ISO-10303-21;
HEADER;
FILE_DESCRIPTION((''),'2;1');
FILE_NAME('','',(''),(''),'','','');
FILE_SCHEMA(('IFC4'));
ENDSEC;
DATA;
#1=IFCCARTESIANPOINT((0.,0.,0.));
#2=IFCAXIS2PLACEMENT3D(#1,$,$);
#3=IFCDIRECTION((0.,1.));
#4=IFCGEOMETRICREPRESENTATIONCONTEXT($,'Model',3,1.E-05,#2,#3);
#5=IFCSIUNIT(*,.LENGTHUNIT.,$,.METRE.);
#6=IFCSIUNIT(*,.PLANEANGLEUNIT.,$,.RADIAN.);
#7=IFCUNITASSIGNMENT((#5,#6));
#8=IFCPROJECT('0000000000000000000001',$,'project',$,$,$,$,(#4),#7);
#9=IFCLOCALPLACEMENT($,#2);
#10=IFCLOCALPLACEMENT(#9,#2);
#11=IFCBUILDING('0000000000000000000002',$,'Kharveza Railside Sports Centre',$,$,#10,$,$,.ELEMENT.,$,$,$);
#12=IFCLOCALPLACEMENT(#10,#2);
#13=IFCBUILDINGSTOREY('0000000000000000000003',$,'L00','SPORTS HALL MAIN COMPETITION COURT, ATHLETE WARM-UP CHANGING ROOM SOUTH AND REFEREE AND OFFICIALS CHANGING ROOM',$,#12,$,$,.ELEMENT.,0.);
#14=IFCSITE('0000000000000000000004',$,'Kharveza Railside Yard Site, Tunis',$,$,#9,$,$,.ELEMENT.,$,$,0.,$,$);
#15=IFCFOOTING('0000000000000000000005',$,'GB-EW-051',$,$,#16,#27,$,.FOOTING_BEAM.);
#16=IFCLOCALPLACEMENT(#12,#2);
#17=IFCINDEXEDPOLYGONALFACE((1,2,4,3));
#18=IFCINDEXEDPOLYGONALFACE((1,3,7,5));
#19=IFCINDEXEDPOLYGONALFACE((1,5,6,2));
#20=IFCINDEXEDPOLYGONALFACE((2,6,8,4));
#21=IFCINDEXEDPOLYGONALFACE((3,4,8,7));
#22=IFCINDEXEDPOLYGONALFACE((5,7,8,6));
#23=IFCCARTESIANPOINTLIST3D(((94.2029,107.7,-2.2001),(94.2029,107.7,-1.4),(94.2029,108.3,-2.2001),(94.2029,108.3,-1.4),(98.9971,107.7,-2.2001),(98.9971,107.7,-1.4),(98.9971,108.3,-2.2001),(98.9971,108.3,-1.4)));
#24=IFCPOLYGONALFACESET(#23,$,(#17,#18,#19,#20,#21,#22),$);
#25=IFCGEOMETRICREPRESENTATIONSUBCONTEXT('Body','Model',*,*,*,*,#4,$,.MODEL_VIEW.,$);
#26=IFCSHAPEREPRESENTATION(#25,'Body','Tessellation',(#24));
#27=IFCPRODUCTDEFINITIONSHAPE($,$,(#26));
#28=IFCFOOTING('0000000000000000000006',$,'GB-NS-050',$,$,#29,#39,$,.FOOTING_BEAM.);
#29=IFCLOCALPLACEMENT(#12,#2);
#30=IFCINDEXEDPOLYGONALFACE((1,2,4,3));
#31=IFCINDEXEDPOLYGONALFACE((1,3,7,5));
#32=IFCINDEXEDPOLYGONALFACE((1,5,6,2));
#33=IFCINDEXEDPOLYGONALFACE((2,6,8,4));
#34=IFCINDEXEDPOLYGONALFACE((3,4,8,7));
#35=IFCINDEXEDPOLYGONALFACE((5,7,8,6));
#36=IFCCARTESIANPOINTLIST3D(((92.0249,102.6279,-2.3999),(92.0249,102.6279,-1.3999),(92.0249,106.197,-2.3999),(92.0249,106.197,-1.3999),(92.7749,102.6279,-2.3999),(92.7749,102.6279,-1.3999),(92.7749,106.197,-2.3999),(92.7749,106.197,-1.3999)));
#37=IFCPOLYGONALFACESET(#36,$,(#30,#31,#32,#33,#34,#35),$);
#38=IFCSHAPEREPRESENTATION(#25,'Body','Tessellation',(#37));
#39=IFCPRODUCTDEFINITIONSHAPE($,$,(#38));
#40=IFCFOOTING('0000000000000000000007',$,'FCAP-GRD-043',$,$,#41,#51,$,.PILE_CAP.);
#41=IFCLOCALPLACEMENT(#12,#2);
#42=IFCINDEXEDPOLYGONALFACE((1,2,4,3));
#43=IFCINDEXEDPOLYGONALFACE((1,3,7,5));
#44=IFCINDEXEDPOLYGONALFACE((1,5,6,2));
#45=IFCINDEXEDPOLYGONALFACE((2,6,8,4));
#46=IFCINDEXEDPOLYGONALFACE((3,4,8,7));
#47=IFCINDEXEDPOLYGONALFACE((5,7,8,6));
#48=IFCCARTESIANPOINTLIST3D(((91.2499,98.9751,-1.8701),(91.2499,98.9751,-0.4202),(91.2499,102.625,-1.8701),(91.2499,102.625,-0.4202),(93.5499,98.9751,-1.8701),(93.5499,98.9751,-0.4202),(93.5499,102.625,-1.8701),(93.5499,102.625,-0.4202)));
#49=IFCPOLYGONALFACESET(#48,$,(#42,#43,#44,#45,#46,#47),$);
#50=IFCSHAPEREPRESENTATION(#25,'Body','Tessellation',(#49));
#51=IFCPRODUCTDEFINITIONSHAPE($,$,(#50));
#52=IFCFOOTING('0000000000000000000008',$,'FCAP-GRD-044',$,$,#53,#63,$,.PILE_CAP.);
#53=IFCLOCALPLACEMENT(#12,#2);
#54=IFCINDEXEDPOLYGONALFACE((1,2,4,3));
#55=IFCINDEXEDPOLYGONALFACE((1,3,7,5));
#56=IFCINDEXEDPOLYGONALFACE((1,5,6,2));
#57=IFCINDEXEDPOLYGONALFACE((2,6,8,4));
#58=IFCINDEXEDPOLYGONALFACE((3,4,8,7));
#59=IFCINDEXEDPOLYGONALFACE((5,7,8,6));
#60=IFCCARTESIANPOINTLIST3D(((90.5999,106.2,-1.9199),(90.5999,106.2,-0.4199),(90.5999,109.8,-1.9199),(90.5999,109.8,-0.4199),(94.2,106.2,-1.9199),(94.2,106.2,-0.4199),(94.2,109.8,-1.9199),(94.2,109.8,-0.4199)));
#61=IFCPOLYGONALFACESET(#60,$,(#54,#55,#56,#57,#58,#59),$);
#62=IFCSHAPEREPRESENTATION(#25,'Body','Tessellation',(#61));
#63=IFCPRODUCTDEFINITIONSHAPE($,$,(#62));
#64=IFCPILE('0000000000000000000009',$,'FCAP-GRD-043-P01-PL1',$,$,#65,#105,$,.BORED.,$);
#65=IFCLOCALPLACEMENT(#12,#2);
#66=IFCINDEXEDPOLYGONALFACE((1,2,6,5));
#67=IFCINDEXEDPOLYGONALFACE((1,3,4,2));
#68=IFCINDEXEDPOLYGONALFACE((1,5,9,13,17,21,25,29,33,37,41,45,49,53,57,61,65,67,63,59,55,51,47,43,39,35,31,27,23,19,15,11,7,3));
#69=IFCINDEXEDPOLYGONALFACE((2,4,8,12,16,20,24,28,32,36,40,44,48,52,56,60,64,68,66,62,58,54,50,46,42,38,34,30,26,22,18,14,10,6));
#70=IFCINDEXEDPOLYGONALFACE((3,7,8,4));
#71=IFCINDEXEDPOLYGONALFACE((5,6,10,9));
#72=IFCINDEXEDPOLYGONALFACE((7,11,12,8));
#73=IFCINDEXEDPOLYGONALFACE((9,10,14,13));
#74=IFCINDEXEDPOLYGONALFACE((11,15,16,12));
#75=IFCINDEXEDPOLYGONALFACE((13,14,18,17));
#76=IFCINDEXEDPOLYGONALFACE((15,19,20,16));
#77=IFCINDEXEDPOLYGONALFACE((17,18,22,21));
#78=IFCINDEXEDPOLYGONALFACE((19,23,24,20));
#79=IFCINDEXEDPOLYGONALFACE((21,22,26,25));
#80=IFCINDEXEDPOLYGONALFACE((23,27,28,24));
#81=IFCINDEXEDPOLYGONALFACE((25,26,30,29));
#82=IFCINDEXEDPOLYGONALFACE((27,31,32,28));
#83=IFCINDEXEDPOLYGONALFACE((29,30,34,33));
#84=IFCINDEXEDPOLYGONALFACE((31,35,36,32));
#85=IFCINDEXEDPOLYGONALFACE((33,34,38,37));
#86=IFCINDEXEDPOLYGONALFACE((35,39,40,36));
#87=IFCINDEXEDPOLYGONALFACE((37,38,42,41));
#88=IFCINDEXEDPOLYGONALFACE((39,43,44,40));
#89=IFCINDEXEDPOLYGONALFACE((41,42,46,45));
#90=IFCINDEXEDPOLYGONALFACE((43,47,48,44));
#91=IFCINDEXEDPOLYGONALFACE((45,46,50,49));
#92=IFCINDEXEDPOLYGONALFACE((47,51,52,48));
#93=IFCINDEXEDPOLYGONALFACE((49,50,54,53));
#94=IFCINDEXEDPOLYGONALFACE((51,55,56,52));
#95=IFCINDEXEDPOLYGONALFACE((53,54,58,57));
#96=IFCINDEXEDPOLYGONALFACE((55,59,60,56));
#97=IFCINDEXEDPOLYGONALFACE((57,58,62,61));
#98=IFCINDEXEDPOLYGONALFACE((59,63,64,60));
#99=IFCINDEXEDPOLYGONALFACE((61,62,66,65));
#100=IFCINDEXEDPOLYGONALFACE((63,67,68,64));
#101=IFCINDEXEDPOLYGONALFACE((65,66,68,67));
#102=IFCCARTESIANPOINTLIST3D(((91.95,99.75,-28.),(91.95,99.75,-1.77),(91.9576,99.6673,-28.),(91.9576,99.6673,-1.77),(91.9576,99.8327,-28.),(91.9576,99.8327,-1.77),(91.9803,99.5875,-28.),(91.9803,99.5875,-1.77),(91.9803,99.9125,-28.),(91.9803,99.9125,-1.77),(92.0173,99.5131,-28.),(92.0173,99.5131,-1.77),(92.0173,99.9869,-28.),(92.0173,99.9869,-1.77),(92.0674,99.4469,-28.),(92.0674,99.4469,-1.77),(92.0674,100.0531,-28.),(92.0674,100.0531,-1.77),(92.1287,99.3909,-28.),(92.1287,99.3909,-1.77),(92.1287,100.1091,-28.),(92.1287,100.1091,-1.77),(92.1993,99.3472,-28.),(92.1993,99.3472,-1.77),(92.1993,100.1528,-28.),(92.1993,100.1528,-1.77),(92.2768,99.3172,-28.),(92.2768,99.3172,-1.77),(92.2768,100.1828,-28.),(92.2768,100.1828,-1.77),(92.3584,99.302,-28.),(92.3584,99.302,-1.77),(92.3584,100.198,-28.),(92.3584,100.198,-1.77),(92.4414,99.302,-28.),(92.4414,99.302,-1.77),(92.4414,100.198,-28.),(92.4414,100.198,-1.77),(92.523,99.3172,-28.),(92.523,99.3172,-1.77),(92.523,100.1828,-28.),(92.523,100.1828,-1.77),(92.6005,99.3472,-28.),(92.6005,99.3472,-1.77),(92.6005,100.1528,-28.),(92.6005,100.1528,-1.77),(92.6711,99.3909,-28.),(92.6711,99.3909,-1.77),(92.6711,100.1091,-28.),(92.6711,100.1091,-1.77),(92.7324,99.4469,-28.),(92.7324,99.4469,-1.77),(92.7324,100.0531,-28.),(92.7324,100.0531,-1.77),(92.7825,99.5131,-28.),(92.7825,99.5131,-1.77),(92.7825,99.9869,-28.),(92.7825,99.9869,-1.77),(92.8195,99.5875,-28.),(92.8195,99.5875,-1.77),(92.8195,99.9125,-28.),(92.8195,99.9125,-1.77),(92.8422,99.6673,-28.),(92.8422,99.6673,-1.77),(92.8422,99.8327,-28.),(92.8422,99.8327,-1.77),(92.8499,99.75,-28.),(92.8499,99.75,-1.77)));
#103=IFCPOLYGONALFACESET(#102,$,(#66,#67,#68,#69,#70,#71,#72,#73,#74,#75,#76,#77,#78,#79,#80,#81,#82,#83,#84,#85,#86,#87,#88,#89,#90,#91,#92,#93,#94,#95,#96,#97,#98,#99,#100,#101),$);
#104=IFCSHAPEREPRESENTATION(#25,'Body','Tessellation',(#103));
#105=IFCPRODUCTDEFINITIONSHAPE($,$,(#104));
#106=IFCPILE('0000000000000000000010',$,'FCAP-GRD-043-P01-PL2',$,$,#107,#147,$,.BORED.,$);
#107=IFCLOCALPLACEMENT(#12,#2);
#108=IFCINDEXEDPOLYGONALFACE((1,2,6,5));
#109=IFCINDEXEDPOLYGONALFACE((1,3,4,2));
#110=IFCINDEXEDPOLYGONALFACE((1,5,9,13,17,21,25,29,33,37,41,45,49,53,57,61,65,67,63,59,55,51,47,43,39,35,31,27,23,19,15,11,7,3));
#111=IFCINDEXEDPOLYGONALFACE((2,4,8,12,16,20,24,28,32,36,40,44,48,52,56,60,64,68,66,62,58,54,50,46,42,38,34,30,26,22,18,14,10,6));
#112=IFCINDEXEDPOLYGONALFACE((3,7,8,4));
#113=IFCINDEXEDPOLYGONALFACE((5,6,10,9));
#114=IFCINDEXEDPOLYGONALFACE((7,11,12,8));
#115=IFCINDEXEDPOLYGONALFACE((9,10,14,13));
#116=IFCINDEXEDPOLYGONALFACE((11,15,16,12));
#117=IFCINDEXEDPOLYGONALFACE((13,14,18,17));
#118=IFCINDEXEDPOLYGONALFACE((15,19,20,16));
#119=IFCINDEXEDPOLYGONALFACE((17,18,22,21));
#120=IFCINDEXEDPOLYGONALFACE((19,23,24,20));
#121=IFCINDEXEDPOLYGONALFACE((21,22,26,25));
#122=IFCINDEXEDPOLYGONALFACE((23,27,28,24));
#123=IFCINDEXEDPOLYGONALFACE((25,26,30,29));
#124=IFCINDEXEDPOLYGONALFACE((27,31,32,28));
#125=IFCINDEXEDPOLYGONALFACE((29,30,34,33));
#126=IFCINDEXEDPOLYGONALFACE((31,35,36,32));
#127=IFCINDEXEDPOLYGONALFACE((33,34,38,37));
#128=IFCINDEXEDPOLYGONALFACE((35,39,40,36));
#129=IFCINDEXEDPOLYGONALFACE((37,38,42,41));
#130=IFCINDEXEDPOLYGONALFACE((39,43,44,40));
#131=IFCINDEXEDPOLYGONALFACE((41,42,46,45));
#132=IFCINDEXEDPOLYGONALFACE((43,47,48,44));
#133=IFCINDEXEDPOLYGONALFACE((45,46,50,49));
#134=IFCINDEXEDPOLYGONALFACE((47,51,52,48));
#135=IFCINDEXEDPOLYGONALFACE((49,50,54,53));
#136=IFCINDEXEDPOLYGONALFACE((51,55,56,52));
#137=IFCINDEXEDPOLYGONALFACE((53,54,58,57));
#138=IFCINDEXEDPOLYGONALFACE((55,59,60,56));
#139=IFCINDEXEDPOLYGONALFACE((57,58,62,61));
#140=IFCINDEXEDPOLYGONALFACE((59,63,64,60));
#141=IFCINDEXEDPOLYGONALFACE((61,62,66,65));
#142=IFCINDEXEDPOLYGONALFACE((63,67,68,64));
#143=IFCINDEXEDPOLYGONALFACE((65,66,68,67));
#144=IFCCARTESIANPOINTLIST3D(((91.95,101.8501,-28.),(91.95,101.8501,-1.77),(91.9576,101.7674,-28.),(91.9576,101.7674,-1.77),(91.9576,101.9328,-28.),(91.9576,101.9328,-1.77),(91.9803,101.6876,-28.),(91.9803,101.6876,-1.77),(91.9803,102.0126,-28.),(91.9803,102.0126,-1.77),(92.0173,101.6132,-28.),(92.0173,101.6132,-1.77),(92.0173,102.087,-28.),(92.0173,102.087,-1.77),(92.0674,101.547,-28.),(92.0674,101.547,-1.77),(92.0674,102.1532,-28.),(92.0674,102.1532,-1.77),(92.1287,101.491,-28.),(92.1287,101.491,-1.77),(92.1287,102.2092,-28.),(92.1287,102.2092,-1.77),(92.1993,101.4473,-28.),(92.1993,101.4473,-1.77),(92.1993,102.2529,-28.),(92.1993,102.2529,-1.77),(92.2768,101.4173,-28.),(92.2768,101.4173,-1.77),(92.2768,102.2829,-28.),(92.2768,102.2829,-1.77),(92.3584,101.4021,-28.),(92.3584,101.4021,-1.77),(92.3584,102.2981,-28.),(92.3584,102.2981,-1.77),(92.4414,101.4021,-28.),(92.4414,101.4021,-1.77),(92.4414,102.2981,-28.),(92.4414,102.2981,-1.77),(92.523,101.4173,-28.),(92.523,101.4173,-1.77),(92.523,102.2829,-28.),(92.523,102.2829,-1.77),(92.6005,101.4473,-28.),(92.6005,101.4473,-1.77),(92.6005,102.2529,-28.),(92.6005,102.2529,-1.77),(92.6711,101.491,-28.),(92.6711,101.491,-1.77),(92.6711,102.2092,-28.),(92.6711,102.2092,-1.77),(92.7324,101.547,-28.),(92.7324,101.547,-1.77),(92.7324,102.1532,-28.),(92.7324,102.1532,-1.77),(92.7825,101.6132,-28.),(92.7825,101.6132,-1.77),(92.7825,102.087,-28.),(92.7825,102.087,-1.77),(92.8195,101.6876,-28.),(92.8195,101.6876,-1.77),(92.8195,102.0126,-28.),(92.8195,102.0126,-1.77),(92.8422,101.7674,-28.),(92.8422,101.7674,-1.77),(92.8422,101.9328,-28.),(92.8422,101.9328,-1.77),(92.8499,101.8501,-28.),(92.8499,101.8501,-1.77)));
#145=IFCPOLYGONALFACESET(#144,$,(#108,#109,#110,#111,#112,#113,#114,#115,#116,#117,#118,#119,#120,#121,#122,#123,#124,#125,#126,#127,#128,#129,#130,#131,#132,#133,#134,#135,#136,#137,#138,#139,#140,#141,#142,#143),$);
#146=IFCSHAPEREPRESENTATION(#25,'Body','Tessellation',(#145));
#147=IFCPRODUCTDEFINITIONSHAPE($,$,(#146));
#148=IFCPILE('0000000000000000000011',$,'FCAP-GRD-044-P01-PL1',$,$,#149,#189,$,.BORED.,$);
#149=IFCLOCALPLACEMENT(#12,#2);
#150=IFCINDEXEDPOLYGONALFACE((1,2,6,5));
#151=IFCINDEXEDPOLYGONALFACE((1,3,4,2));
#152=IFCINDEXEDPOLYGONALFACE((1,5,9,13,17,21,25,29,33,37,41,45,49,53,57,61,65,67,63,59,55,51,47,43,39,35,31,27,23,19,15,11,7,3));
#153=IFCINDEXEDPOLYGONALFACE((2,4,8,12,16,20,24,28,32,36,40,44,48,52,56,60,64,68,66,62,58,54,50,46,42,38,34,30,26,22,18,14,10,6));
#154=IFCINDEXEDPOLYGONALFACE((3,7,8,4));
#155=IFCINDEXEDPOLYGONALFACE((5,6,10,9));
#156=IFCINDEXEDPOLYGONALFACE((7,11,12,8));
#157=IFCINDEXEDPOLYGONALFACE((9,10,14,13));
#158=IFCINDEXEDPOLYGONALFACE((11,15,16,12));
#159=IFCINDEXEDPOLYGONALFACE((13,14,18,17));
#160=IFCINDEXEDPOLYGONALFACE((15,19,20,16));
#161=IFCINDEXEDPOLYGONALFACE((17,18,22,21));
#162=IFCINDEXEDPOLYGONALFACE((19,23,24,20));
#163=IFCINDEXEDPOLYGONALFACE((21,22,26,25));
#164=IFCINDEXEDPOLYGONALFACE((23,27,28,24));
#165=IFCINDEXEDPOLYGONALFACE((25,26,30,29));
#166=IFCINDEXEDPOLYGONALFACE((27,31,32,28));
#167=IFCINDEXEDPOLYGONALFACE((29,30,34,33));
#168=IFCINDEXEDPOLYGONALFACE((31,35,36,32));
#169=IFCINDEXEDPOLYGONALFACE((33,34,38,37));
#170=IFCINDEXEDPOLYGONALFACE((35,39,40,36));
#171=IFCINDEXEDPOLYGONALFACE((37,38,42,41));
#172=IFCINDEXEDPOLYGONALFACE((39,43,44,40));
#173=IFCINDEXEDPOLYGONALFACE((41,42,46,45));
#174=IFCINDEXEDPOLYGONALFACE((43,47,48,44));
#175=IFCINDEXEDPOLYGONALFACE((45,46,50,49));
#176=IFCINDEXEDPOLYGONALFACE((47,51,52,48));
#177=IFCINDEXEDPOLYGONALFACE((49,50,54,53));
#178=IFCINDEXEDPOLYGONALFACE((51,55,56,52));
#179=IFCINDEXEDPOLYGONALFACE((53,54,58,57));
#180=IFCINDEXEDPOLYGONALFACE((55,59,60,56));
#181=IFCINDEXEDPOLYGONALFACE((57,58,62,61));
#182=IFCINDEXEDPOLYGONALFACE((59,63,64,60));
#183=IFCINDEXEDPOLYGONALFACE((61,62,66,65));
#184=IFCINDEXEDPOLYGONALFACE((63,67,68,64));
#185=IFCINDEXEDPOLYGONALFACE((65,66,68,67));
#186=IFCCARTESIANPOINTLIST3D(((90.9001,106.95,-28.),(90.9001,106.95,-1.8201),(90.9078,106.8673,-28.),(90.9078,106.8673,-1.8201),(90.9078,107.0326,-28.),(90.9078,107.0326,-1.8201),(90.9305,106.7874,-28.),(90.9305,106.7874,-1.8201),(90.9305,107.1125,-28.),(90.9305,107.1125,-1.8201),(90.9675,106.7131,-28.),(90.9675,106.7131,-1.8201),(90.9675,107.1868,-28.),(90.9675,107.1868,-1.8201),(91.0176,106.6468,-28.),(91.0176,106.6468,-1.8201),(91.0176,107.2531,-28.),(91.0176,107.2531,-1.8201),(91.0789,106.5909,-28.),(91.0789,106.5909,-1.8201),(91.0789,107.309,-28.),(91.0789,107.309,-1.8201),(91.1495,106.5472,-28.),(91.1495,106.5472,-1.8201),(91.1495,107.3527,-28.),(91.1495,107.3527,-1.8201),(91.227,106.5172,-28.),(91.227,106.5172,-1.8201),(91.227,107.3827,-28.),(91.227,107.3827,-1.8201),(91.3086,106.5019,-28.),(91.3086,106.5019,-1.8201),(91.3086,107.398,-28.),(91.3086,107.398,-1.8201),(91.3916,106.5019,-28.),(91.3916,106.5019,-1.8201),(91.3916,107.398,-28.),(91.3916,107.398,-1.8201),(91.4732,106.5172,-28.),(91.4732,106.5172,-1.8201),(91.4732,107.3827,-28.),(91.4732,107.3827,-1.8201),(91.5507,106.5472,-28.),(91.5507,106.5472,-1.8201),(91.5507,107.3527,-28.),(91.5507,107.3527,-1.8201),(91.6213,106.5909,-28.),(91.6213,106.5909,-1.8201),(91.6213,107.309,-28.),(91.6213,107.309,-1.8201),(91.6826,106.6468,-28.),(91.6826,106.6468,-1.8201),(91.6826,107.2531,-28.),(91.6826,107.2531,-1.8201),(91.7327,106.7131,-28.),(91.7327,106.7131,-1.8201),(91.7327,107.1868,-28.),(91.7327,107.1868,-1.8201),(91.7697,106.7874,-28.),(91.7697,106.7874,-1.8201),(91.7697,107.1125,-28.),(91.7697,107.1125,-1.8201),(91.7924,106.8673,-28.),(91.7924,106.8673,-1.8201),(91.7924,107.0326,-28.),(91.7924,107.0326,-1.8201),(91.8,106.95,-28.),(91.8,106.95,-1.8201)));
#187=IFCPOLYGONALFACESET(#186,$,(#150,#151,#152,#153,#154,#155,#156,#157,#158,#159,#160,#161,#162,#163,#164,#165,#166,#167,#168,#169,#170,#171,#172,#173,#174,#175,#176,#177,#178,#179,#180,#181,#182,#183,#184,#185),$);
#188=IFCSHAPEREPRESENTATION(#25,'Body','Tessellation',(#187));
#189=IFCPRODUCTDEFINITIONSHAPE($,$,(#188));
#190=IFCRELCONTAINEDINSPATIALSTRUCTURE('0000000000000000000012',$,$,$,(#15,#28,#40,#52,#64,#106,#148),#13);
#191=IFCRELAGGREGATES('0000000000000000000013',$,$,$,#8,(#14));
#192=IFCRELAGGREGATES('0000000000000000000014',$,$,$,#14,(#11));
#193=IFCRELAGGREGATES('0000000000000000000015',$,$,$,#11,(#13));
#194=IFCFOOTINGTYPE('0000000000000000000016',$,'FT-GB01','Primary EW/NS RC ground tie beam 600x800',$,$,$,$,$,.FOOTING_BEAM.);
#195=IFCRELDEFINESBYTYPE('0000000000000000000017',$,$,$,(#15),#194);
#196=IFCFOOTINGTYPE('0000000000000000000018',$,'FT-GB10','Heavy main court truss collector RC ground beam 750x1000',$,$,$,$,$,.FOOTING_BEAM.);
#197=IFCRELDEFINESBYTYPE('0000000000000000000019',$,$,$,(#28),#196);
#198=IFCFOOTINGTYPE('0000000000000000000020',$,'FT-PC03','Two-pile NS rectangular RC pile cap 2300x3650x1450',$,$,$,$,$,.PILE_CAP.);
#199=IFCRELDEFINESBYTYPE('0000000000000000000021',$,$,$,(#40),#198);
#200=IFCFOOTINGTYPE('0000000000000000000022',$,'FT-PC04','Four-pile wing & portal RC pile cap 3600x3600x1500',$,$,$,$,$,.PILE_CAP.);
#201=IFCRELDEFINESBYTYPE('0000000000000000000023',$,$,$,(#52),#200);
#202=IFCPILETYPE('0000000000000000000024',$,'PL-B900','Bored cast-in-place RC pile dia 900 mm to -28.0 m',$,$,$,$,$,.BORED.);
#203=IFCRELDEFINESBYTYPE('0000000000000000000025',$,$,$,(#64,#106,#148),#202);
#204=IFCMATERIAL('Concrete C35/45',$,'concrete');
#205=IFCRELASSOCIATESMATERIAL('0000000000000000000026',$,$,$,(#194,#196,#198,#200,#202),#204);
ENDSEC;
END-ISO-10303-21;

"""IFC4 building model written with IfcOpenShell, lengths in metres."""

from ifc_helpers import new_model, si_unit, direction, frame, origin, origin_2d, place, context, subcontext, project, spatial, rectangle, circle, extrude, material, material_profile, profile_set, type_object, element, save


model = new_model("IFC4")

# Units and contexts
model_context = context("Model", 3, precision=1e-05, world=origin(), true_north=direction((0.0, 1.0)))
body_context = subcontext(model_context, "Body", "Model", "MODEL_VIEW")
ifc_project = project(units=[si_unit("LENGTHUNIT", "METRE"), si_unit("PLANEANGLEUNIT", "RADIAN")], contexts=[model_context])

# Site, building, storey
site_placement = place(None, origin())
site = spatial("IfcSite", under=ifc_project, at=site_placement, Name="Kharveza Railside Yard Site, Tunis", CompositionType="ELEMENT", RefElevation=0.0)
building_placement = place(site_placement, origin())
building = spatial("IfcBuilding", under=site, at=building_placement, Name="Kharveza Railside Sports Centre", CompositionType="ELEMENT")
storey_placement = place(building_placement, origin())
storey = spatial("IfcBuildingStorey", under=building, at=storey_placement, Name="L00", Description="SPORTS HALL MAIN COMPETITION COURT, ATHLETE WARM-UP CHANGING ROOM SOUTH AND REFEREE AND OFFICIALS CHANGING ROOM", CompositionType="ELEMENT", Elevation=0.0)

# Footings
ifc_material_1 = material(Name="Concrete C35/45", Category="concrete")
ifc_material_profile_1 = material_profile(ifc_material_1, rectangle(XDim=0.6001, YDim=0.8, at=origin_2d()), Name="GB 600x800")
ifc_profile_set_1 = profile_set([ifc_material_profile_1], Name="Concrete C35/45")
footing_type_1 = type_object("IfcFootingType", Name="FT-GB01", Description="Primary EW/NS RC ground tie beam 600x800", PredefinedType="FOOTING_BEAM", material=ifc_profile_set_1)
footing_1_placement = place(storey_placement, frame((94.2029, 108.0, -1.8), z_axis=(1.0, 0.0, 0.0), x_axis=(0.0, 1.0, 0.0)))
element("IfcFooting", 1, at=footing_1_placement, inside=storey, type_object=footing_type_1, Name="GB-EW-051", PredefinedType="FOOTING_BEAM", context=body_context, shape_type="SweptSolid", body=[
    extrude(rectangle(XDim=0.6001, YDim=0.8, at=origin_2d()), origin(), (0.0, 0.0, 1.0), 4.7942),
])
ifc_material_profile_2 = material_profile(ifc_material_1, rectangle(XDim=0.75, YDim=1.0, at=origin_2d()), Name="GB 750x1000")
ifc_profile_set_2 = profile_set([ifc_material_profile_2], Name="Concrete C35/45")
footing_type_2 = type_object("IfcFootingType", Name="FT-GB10", Description="Heavy main court truss collector RC ground beam 750x1000", PredefinedType="FOOTING_BEAM", material=ifc_profile_set_2)
footing_2_placement = place(storey_placement, frame((92.3999, 102.6279, -1.8999), z_axis=(0.0, 1.0, 0.0), x_axis=(-1.0, 0.0, 0.0)))
element("IfcFooting", 2, at=footing_2_placement, inside=storey, type_object=footing_type_2, Name="GB-NS-050", PredefinedType="FOOTING_BEAM", context=body_context, shape_type="SweptSolid", body=[
    extrude(rectangle(XDim=0.75, YDim=1.0, at=origin_2d()), origin(), (0.0, 0.0, 1.0), 3.5691),
])
footing_type_3 = type_object("IfcFootingType", Name="FT-PC03", Description="Two-pile NS rectangular RC pile cap 2300x3650x1450", PredefinedType="PILE_CAP", material=ifc_material_1)
footing_3_placement = place(storey_placement, frame((92.3999, 100.8, -1.8701), z_axis=(0.0, 0.0, 1.0), x_axis=(1.0, 0.0, 0.0)))
element("IfcFooting", 3, at=footing_3_placement, inside=storey, type_object=footing_type_3, Name="FCAP-GRD-043", PredefinedType="PILE_CAP", context=body_context, shape_type="SweptSolid", body=[
    extrude(rectangle(XDim=2.3, YDim=3.6499, at=origin_2d()), origin(), (0.0, 0.0, 1.0), 1.45),
])
footing_type_4 = type_object("IfcFootingType", Name="FT-PC04", Description="Four-pile wing & portal RC pile cap 3600x3600x1500", PredefinedType="PILE_CAP", material=ifc_material_1)
footing_4_placement = place(storey_placement, frame((92.3999, 108.0, -1.9199), z_axis=(0.0, 0.0, 1.0), x_axis=(1.0, 0.0, 0.0)))
element("IfcFooting", 4, at=footing_4_placement, inside=storey, type_object=footing_type_4, Name="FCAP-GRD-044", PredefinedType="PILE_CAP", context=body_context, shape_type="SweptSolid", body=[
    extrude(rectangle(XDim=3.6001, YDim=3.6001, at=origin_2d()), origin(), (0.0, 0.0, 1.0), 1.5),
])

# Piles
ifc_material_profile_3 = material_profile(ifc_material_1, circle(Radius=0.45, at=origin_2d()), Name="PILE D900")
ifc_profile_set_3 = profile_set([ifc_material_profile_3], Name="Concrete C35/45")
pile_type = type_object("IfcPileType", Name="PL-B900", Description="Bored cast-in-place RC pile dia 900 mm to -28.0 m", PredefinedType="BORED", material=ifc_profile_set_3)
for number, where, z_axis, x_axis, name in (
    (5, (92.3999, 99.75, -1.77), (0.0, 0.0, -1.0), (1.0, 0.0, 0.0), "FCAP-GRD-043-P01-PL1"),
    (6, (92.3999, 101.8501, -1.77), (0.0, 0.0, -1.0), (1.0, 0.0, 0.0), "FCAP-GRD-043-P01-PL2"),
):
    element("IfcPile", number, at=place(storey_placement, frame(where, z_axis=z_axis, x_axis=x_axis)), inside=storey, type_object=pile_type, Name=name, PredefinedType="BORED", context=body_context, shape_type="SweptSolid", body=[
        extrude(circle(Radius=0.45, at=origin_2d()), origin(), (0.0, 0.0, 1.0), 26.23),
    ])
for number, where, z_axis, x_axis, name in (
    (7, (91.3501, 106.95, -1.8201), (0.0, 0.0, -1.0), (1.0, 0.0, 0.0), "FCAP-GRD-044-P01-PL1"),
):
    element("IfcPile", number, at=place(storey_placement, frame(where, z_axis=z_axis, x_axis=x_axis)), inside=storey, type_object=pile_type, Name=name, PredefinedType="BORED", context=body_context, shape_type="SweptSolid", body=[
        extrude(circle(Radius=0.45, at=origin_2d()), origin(), (0.0, 0.0, 1.0), 26.1799),
    ])

save(model, "model.ifc")
